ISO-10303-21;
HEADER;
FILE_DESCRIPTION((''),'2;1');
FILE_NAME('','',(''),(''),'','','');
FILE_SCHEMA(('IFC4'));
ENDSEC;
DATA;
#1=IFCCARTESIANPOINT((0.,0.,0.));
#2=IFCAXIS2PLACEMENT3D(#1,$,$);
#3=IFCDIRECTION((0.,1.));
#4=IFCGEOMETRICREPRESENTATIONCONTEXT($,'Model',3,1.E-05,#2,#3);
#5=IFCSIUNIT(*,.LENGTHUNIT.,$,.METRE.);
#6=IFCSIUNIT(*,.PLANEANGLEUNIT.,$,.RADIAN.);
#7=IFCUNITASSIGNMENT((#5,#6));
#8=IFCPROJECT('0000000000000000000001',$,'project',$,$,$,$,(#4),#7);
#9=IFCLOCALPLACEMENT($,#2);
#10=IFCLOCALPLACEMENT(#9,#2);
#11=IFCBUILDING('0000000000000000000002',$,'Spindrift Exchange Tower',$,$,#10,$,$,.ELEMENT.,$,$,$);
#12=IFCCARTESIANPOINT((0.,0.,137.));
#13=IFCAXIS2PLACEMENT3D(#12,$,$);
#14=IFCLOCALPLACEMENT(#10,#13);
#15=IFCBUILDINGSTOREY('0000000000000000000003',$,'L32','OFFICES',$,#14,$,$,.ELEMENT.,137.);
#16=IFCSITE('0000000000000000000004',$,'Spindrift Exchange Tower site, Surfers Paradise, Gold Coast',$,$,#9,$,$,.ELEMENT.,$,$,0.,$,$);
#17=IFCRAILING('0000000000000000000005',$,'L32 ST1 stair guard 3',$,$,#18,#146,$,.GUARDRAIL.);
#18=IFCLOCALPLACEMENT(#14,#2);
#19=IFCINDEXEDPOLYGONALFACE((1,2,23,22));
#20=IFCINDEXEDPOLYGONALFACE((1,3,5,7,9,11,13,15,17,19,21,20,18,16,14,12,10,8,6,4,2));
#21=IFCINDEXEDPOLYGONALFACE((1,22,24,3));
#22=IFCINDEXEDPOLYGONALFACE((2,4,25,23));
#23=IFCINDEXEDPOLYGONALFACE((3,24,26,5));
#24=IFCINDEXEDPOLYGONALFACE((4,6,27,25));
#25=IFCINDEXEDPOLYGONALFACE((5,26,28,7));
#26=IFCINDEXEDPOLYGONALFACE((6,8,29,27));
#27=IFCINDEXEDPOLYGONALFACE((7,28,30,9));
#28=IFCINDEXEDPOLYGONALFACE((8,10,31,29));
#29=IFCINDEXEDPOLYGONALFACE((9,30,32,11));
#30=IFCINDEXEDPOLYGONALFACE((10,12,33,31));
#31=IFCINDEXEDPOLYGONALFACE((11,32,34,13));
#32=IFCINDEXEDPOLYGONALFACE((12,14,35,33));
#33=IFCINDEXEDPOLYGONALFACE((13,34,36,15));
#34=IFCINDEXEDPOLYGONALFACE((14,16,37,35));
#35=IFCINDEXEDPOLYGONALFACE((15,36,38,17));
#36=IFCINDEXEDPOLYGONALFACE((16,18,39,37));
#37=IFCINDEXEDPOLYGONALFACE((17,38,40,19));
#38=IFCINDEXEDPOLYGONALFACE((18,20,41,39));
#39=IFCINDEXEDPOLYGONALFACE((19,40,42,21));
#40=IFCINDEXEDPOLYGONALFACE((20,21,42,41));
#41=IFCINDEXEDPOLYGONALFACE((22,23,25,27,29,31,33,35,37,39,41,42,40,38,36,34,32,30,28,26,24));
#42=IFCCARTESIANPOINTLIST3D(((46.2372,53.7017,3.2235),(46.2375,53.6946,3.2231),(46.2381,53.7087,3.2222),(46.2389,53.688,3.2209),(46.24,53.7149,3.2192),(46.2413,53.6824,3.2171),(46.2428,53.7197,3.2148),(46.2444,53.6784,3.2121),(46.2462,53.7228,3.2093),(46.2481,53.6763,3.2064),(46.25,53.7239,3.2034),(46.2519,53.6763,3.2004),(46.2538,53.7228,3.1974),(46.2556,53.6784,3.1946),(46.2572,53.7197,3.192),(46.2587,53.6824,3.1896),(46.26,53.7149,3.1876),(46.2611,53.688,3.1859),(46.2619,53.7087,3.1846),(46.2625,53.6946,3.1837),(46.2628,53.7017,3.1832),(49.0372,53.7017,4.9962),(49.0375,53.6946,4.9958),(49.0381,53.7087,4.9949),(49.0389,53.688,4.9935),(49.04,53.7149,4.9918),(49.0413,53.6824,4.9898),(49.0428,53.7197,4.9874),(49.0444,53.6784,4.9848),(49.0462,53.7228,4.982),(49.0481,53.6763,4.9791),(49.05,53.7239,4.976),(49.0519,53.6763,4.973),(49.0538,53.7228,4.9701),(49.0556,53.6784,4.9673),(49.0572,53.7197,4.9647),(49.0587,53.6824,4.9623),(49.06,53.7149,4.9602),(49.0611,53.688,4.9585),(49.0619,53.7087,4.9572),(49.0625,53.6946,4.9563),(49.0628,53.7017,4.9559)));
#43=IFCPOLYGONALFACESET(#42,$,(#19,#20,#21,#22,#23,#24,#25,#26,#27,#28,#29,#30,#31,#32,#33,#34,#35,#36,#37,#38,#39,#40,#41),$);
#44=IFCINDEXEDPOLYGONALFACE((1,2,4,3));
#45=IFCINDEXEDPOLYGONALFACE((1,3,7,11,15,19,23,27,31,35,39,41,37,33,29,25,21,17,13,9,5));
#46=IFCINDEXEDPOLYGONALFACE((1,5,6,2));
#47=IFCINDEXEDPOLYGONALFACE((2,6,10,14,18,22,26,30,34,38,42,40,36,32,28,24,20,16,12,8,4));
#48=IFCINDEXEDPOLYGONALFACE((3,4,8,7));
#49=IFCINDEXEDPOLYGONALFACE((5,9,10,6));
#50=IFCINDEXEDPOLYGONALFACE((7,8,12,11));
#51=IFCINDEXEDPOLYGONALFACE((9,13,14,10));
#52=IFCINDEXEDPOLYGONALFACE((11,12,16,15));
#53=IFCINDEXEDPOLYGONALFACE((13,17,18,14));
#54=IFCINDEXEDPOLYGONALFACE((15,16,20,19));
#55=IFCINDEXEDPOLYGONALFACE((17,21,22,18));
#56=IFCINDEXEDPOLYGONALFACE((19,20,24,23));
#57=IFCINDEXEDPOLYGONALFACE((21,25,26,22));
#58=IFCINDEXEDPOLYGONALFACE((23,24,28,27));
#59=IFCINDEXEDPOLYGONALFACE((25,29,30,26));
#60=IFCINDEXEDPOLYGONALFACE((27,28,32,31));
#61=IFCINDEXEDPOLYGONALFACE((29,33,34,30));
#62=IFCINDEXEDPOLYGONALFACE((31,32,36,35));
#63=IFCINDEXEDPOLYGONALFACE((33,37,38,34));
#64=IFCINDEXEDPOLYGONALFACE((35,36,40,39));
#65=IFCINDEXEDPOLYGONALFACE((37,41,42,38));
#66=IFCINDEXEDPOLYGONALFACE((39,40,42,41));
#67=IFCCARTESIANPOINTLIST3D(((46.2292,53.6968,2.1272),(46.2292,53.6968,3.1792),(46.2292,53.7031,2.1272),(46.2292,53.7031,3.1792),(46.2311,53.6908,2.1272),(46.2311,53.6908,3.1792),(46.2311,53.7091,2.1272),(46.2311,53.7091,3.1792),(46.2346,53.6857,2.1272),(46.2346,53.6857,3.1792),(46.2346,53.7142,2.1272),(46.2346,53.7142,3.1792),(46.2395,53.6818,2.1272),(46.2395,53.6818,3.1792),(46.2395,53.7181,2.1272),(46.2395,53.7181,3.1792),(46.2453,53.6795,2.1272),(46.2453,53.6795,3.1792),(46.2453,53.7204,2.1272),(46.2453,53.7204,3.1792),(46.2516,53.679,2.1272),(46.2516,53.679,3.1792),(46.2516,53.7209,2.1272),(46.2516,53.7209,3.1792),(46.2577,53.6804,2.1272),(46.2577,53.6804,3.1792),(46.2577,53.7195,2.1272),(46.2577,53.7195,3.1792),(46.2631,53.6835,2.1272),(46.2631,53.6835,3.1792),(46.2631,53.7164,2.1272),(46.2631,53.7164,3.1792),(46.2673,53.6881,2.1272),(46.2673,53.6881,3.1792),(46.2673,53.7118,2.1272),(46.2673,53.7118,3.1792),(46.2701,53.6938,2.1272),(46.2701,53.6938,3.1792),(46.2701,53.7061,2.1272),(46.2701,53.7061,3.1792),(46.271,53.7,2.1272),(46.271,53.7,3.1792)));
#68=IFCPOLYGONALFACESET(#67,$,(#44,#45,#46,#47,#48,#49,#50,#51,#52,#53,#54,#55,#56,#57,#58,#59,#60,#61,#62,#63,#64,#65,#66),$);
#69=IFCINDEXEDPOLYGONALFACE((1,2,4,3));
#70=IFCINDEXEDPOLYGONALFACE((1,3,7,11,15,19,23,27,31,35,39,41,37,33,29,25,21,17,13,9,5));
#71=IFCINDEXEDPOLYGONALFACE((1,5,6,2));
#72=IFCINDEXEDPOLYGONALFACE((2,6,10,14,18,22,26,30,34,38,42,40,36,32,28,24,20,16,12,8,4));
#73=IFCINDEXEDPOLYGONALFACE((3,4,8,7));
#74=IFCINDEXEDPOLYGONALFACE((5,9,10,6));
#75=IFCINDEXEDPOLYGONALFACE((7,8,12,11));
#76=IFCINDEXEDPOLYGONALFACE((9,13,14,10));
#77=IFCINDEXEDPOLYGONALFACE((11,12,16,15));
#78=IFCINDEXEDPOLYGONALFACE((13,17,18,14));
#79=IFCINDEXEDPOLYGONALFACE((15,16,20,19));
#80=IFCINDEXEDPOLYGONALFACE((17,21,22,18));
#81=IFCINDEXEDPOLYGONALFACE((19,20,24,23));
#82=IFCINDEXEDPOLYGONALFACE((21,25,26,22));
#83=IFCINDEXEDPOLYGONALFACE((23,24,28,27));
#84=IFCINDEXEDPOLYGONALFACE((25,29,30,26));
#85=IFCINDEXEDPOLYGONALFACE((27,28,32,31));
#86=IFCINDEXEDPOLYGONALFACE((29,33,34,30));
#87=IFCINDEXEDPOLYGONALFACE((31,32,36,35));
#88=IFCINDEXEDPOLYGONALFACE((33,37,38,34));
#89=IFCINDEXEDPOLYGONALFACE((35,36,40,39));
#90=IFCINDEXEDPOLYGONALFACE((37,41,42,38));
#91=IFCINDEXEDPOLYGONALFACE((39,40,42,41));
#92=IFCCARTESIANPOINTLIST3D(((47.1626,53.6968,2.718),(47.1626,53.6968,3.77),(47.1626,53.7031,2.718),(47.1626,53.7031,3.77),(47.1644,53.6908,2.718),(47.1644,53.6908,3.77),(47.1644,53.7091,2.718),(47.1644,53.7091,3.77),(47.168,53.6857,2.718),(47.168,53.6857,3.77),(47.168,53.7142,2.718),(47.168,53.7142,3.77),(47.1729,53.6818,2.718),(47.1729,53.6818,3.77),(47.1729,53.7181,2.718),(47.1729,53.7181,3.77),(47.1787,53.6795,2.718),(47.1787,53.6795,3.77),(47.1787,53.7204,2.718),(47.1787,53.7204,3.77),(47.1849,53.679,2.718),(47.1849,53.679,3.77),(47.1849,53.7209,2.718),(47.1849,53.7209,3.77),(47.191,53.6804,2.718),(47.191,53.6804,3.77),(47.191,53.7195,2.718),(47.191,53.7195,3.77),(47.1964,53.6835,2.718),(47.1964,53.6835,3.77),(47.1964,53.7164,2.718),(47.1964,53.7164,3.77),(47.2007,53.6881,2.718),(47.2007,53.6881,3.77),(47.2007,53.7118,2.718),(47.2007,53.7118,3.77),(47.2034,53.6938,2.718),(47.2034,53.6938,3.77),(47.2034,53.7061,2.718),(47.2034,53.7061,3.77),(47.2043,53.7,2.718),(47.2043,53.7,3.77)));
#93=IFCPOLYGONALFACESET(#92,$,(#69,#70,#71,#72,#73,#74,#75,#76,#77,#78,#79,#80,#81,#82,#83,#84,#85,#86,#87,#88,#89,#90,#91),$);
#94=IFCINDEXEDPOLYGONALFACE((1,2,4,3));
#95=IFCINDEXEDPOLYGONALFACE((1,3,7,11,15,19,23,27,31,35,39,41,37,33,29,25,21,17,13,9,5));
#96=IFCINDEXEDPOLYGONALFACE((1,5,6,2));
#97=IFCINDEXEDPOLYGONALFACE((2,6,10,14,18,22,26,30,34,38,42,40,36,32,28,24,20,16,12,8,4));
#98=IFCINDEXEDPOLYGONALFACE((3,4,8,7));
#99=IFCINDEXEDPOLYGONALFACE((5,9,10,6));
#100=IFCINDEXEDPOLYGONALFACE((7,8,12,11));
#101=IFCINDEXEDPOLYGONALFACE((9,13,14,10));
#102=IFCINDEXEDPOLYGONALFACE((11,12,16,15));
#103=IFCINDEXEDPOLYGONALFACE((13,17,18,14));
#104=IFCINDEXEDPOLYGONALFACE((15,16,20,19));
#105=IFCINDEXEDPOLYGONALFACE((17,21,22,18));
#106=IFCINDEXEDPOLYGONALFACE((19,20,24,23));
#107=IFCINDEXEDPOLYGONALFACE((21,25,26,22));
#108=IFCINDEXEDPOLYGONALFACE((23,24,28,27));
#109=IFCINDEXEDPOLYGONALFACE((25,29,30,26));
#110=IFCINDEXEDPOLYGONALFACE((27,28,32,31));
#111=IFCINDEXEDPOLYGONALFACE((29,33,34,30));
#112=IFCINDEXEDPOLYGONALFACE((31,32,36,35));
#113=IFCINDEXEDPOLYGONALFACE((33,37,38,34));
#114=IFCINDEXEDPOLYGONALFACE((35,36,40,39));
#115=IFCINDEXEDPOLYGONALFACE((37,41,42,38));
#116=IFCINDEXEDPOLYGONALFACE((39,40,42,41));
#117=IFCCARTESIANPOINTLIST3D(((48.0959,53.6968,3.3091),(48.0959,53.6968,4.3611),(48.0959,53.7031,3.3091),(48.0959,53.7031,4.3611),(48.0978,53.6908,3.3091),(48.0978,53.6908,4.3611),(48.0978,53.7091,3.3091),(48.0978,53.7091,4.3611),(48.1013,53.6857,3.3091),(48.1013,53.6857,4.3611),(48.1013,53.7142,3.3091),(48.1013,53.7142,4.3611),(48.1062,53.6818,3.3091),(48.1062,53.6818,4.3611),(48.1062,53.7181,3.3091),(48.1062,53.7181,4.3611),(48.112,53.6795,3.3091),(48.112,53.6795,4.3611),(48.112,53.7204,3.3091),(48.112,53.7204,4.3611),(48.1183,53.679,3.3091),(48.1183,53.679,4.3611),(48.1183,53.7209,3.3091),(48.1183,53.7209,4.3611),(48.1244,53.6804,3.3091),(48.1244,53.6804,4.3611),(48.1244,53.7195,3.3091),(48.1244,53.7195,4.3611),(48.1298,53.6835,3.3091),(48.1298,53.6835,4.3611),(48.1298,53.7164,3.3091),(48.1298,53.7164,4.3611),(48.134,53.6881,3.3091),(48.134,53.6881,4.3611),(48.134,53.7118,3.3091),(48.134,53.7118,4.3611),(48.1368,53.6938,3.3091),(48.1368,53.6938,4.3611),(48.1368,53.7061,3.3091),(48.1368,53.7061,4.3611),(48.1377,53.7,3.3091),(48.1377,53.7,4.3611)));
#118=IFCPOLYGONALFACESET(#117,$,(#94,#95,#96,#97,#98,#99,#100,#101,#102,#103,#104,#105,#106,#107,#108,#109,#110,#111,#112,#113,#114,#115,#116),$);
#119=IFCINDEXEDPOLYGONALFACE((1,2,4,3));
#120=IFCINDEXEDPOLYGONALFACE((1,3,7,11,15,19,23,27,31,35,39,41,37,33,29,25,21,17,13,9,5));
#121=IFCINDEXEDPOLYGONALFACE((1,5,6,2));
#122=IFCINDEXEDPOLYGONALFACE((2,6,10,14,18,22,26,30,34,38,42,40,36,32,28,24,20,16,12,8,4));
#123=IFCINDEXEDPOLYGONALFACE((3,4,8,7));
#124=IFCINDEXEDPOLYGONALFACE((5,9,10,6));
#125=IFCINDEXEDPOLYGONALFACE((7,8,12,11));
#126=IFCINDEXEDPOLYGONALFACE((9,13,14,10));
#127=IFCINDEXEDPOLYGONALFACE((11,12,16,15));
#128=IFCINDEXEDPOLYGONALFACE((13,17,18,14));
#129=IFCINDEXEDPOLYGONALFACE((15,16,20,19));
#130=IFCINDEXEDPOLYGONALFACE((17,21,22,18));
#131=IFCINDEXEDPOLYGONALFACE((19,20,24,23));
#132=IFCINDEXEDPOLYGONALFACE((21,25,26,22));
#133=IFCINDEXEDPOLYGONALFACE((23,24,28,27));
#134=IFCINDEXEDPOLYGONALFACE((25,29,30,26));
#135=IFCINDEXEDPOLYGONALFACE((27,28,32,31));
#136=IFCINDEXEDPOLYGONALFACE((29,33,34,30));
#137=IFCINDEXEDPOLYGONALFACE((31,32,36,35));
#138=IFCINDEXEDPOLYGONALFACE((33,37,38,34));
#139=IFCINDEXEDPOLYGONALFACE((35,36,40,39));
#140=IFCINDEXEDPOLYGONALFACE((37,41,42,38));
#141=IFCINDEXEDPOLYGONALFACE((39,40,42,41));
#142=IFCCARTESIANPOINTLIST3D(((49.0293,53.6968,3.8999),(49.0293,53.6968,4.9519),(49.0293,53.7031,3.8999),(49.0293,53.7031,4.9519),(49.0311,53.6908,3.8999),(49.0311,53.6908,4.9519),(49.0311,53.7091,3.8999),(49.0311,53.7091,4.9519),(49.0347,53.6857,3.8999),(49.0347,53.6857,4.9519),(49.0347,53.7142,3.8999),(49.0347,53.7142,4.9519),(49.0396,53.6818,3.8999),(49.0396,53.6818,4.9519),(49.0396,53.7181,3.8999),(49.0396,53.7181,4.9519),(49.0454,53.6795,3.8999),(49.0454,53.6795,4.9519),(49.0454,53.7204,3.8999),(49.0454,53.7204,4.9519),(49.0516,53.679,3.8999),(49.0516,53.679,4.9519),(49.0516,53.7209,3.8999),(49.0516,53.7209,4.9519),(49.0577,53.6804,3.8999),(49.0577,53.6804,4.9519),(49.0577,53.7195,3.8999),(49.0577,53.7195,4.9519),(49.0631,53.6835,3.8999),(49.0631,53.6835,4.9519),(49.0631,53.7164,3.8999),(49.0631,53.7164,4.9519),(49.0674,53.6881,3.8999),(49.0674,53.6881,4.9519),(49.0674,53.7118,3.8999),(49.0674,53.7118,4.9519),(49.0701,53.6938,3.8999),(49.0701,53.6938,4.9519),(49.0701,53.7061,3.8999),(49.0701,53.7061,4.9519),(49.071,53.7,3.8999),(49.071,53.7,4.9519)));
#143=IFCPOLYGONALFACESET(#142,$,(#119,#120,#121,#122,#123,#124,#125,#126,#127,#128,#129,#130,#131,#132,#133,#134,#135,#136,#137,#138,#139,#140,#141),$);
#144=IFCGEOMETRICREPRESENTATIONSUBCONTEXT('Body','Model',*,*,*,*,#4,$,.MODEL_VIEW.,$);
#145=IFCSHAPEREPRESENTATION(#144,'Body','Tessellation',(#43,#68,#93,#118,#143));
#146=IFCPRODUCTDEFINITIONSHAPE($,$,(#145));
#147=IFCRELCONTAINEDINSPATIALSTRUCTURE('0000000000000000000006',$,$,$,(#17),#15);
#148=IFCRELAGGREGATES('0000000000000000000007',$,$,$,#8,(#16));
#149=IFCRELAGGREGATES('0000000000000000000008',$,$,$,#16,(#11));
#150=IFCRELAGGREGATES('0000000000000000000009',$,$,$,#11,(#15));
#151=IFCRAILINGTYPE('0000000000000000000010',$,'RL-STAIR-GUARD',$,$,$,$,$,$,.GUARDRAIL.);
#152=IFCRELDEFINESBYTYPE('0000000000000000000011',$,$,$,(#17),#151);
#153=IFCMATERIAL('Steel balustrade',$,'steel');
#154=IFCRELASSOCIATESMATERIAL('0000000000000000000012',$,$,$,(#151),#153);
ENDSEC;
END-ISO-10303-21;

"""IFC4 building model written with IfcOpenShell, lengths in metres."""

from ifc_helpers import new_model, si_unit, direction, frame, origin, origin_2d, place, context, subcontext, project, spatial, circle, extrude, material, type_object, element, save


model = new_model("IFC4")

# Units and contexts
model_context = context("Model", 3, precision=1e-05, world=origin(), true_north=direction((0.0, 1.0)))
body_context = subcontext(model_context, "Body", "Model", "MODEL_VIEW")
ifc_project = project(units=[si_unit("LENGTHUNIT", "METRE"), si_unit("PLANEANGLEUNIT", "RADIAN")], contexts=[model_context])

# Site, building, storey
site_placement = place(None, origin())
site = spatial("IfcSite", under=ifc_project, at=site_placement, Name="Spindrift Exchange Tower site, Surfers Paradise, Gold Coast", CompositionType="ELEMENT", RefElevation=0.0)
building_placement = place(site_placement, origin())
building = spatial("IfcBuilding", under=site, at=building_placement, Name="Spindrift Exchange Tower", CompositionType="ELEMENT")
storey_placement = place(building_placement, frame((0.0, 0.0, 137.0)))
storey = spatial("IfcBuildingStorey", under=building, at=storey_placement, Name="L32", Description="OFFICES", CompositionType="ELEMENT", Elevation=137.0)

# Railing
ifc_material_1 = material(Name="Steel balustrade", Category="steel")
railing_type_1 = type_object("IfcRailingType", Name="RL-STAIR-GUARD", PredefinedType="GUARDRAIL", material=ifc_material_1)
railing_1_placement = place(storey_placement, frame((46.25, 53.7, 2.1272)))
element("IfcRailing", 1, at=railing_1_placement, inside=storey, type_object=railing_type_1, Name="L32 ST1 stair guard 3", PredefinedType="GUARDRAIL", context=body_context, shape_type="SweptSolid", body=[
    extrude(circle(Radius=0.0239, at=origin_2d()), frame((0.0, 0.0, 1.0762), z_axis=(0.844909, 0.0, 0.53491), x_axis=(0.0, 1.0, 0.0)), (0.0, 0.0, 1.0), 3.314),
    extrude(circle(Radius=0.021, at=origin_2d()), origin(), (0.0, 0.0, 1.0), 1.052),
    extrude(circle(Radius=0.021, at=origin_2d()), frame((0.9333, 0.0, 0.5908)), (0.0, 0.0, 1.0), 1.052),
    extrude(circle(Radius=0.021, at=origin_2d()), frame((1.8667, 0.0, 1.1819)), (0.0, 0.0, 1.0), 1.052),
    extrude(circle(Radius=0.021, at=origin_2d()), frame((2.8, 0.0, 1.7727)), (0.0, 0.0, 1.0), 1.052),
])

save(model, "model.ifc")
